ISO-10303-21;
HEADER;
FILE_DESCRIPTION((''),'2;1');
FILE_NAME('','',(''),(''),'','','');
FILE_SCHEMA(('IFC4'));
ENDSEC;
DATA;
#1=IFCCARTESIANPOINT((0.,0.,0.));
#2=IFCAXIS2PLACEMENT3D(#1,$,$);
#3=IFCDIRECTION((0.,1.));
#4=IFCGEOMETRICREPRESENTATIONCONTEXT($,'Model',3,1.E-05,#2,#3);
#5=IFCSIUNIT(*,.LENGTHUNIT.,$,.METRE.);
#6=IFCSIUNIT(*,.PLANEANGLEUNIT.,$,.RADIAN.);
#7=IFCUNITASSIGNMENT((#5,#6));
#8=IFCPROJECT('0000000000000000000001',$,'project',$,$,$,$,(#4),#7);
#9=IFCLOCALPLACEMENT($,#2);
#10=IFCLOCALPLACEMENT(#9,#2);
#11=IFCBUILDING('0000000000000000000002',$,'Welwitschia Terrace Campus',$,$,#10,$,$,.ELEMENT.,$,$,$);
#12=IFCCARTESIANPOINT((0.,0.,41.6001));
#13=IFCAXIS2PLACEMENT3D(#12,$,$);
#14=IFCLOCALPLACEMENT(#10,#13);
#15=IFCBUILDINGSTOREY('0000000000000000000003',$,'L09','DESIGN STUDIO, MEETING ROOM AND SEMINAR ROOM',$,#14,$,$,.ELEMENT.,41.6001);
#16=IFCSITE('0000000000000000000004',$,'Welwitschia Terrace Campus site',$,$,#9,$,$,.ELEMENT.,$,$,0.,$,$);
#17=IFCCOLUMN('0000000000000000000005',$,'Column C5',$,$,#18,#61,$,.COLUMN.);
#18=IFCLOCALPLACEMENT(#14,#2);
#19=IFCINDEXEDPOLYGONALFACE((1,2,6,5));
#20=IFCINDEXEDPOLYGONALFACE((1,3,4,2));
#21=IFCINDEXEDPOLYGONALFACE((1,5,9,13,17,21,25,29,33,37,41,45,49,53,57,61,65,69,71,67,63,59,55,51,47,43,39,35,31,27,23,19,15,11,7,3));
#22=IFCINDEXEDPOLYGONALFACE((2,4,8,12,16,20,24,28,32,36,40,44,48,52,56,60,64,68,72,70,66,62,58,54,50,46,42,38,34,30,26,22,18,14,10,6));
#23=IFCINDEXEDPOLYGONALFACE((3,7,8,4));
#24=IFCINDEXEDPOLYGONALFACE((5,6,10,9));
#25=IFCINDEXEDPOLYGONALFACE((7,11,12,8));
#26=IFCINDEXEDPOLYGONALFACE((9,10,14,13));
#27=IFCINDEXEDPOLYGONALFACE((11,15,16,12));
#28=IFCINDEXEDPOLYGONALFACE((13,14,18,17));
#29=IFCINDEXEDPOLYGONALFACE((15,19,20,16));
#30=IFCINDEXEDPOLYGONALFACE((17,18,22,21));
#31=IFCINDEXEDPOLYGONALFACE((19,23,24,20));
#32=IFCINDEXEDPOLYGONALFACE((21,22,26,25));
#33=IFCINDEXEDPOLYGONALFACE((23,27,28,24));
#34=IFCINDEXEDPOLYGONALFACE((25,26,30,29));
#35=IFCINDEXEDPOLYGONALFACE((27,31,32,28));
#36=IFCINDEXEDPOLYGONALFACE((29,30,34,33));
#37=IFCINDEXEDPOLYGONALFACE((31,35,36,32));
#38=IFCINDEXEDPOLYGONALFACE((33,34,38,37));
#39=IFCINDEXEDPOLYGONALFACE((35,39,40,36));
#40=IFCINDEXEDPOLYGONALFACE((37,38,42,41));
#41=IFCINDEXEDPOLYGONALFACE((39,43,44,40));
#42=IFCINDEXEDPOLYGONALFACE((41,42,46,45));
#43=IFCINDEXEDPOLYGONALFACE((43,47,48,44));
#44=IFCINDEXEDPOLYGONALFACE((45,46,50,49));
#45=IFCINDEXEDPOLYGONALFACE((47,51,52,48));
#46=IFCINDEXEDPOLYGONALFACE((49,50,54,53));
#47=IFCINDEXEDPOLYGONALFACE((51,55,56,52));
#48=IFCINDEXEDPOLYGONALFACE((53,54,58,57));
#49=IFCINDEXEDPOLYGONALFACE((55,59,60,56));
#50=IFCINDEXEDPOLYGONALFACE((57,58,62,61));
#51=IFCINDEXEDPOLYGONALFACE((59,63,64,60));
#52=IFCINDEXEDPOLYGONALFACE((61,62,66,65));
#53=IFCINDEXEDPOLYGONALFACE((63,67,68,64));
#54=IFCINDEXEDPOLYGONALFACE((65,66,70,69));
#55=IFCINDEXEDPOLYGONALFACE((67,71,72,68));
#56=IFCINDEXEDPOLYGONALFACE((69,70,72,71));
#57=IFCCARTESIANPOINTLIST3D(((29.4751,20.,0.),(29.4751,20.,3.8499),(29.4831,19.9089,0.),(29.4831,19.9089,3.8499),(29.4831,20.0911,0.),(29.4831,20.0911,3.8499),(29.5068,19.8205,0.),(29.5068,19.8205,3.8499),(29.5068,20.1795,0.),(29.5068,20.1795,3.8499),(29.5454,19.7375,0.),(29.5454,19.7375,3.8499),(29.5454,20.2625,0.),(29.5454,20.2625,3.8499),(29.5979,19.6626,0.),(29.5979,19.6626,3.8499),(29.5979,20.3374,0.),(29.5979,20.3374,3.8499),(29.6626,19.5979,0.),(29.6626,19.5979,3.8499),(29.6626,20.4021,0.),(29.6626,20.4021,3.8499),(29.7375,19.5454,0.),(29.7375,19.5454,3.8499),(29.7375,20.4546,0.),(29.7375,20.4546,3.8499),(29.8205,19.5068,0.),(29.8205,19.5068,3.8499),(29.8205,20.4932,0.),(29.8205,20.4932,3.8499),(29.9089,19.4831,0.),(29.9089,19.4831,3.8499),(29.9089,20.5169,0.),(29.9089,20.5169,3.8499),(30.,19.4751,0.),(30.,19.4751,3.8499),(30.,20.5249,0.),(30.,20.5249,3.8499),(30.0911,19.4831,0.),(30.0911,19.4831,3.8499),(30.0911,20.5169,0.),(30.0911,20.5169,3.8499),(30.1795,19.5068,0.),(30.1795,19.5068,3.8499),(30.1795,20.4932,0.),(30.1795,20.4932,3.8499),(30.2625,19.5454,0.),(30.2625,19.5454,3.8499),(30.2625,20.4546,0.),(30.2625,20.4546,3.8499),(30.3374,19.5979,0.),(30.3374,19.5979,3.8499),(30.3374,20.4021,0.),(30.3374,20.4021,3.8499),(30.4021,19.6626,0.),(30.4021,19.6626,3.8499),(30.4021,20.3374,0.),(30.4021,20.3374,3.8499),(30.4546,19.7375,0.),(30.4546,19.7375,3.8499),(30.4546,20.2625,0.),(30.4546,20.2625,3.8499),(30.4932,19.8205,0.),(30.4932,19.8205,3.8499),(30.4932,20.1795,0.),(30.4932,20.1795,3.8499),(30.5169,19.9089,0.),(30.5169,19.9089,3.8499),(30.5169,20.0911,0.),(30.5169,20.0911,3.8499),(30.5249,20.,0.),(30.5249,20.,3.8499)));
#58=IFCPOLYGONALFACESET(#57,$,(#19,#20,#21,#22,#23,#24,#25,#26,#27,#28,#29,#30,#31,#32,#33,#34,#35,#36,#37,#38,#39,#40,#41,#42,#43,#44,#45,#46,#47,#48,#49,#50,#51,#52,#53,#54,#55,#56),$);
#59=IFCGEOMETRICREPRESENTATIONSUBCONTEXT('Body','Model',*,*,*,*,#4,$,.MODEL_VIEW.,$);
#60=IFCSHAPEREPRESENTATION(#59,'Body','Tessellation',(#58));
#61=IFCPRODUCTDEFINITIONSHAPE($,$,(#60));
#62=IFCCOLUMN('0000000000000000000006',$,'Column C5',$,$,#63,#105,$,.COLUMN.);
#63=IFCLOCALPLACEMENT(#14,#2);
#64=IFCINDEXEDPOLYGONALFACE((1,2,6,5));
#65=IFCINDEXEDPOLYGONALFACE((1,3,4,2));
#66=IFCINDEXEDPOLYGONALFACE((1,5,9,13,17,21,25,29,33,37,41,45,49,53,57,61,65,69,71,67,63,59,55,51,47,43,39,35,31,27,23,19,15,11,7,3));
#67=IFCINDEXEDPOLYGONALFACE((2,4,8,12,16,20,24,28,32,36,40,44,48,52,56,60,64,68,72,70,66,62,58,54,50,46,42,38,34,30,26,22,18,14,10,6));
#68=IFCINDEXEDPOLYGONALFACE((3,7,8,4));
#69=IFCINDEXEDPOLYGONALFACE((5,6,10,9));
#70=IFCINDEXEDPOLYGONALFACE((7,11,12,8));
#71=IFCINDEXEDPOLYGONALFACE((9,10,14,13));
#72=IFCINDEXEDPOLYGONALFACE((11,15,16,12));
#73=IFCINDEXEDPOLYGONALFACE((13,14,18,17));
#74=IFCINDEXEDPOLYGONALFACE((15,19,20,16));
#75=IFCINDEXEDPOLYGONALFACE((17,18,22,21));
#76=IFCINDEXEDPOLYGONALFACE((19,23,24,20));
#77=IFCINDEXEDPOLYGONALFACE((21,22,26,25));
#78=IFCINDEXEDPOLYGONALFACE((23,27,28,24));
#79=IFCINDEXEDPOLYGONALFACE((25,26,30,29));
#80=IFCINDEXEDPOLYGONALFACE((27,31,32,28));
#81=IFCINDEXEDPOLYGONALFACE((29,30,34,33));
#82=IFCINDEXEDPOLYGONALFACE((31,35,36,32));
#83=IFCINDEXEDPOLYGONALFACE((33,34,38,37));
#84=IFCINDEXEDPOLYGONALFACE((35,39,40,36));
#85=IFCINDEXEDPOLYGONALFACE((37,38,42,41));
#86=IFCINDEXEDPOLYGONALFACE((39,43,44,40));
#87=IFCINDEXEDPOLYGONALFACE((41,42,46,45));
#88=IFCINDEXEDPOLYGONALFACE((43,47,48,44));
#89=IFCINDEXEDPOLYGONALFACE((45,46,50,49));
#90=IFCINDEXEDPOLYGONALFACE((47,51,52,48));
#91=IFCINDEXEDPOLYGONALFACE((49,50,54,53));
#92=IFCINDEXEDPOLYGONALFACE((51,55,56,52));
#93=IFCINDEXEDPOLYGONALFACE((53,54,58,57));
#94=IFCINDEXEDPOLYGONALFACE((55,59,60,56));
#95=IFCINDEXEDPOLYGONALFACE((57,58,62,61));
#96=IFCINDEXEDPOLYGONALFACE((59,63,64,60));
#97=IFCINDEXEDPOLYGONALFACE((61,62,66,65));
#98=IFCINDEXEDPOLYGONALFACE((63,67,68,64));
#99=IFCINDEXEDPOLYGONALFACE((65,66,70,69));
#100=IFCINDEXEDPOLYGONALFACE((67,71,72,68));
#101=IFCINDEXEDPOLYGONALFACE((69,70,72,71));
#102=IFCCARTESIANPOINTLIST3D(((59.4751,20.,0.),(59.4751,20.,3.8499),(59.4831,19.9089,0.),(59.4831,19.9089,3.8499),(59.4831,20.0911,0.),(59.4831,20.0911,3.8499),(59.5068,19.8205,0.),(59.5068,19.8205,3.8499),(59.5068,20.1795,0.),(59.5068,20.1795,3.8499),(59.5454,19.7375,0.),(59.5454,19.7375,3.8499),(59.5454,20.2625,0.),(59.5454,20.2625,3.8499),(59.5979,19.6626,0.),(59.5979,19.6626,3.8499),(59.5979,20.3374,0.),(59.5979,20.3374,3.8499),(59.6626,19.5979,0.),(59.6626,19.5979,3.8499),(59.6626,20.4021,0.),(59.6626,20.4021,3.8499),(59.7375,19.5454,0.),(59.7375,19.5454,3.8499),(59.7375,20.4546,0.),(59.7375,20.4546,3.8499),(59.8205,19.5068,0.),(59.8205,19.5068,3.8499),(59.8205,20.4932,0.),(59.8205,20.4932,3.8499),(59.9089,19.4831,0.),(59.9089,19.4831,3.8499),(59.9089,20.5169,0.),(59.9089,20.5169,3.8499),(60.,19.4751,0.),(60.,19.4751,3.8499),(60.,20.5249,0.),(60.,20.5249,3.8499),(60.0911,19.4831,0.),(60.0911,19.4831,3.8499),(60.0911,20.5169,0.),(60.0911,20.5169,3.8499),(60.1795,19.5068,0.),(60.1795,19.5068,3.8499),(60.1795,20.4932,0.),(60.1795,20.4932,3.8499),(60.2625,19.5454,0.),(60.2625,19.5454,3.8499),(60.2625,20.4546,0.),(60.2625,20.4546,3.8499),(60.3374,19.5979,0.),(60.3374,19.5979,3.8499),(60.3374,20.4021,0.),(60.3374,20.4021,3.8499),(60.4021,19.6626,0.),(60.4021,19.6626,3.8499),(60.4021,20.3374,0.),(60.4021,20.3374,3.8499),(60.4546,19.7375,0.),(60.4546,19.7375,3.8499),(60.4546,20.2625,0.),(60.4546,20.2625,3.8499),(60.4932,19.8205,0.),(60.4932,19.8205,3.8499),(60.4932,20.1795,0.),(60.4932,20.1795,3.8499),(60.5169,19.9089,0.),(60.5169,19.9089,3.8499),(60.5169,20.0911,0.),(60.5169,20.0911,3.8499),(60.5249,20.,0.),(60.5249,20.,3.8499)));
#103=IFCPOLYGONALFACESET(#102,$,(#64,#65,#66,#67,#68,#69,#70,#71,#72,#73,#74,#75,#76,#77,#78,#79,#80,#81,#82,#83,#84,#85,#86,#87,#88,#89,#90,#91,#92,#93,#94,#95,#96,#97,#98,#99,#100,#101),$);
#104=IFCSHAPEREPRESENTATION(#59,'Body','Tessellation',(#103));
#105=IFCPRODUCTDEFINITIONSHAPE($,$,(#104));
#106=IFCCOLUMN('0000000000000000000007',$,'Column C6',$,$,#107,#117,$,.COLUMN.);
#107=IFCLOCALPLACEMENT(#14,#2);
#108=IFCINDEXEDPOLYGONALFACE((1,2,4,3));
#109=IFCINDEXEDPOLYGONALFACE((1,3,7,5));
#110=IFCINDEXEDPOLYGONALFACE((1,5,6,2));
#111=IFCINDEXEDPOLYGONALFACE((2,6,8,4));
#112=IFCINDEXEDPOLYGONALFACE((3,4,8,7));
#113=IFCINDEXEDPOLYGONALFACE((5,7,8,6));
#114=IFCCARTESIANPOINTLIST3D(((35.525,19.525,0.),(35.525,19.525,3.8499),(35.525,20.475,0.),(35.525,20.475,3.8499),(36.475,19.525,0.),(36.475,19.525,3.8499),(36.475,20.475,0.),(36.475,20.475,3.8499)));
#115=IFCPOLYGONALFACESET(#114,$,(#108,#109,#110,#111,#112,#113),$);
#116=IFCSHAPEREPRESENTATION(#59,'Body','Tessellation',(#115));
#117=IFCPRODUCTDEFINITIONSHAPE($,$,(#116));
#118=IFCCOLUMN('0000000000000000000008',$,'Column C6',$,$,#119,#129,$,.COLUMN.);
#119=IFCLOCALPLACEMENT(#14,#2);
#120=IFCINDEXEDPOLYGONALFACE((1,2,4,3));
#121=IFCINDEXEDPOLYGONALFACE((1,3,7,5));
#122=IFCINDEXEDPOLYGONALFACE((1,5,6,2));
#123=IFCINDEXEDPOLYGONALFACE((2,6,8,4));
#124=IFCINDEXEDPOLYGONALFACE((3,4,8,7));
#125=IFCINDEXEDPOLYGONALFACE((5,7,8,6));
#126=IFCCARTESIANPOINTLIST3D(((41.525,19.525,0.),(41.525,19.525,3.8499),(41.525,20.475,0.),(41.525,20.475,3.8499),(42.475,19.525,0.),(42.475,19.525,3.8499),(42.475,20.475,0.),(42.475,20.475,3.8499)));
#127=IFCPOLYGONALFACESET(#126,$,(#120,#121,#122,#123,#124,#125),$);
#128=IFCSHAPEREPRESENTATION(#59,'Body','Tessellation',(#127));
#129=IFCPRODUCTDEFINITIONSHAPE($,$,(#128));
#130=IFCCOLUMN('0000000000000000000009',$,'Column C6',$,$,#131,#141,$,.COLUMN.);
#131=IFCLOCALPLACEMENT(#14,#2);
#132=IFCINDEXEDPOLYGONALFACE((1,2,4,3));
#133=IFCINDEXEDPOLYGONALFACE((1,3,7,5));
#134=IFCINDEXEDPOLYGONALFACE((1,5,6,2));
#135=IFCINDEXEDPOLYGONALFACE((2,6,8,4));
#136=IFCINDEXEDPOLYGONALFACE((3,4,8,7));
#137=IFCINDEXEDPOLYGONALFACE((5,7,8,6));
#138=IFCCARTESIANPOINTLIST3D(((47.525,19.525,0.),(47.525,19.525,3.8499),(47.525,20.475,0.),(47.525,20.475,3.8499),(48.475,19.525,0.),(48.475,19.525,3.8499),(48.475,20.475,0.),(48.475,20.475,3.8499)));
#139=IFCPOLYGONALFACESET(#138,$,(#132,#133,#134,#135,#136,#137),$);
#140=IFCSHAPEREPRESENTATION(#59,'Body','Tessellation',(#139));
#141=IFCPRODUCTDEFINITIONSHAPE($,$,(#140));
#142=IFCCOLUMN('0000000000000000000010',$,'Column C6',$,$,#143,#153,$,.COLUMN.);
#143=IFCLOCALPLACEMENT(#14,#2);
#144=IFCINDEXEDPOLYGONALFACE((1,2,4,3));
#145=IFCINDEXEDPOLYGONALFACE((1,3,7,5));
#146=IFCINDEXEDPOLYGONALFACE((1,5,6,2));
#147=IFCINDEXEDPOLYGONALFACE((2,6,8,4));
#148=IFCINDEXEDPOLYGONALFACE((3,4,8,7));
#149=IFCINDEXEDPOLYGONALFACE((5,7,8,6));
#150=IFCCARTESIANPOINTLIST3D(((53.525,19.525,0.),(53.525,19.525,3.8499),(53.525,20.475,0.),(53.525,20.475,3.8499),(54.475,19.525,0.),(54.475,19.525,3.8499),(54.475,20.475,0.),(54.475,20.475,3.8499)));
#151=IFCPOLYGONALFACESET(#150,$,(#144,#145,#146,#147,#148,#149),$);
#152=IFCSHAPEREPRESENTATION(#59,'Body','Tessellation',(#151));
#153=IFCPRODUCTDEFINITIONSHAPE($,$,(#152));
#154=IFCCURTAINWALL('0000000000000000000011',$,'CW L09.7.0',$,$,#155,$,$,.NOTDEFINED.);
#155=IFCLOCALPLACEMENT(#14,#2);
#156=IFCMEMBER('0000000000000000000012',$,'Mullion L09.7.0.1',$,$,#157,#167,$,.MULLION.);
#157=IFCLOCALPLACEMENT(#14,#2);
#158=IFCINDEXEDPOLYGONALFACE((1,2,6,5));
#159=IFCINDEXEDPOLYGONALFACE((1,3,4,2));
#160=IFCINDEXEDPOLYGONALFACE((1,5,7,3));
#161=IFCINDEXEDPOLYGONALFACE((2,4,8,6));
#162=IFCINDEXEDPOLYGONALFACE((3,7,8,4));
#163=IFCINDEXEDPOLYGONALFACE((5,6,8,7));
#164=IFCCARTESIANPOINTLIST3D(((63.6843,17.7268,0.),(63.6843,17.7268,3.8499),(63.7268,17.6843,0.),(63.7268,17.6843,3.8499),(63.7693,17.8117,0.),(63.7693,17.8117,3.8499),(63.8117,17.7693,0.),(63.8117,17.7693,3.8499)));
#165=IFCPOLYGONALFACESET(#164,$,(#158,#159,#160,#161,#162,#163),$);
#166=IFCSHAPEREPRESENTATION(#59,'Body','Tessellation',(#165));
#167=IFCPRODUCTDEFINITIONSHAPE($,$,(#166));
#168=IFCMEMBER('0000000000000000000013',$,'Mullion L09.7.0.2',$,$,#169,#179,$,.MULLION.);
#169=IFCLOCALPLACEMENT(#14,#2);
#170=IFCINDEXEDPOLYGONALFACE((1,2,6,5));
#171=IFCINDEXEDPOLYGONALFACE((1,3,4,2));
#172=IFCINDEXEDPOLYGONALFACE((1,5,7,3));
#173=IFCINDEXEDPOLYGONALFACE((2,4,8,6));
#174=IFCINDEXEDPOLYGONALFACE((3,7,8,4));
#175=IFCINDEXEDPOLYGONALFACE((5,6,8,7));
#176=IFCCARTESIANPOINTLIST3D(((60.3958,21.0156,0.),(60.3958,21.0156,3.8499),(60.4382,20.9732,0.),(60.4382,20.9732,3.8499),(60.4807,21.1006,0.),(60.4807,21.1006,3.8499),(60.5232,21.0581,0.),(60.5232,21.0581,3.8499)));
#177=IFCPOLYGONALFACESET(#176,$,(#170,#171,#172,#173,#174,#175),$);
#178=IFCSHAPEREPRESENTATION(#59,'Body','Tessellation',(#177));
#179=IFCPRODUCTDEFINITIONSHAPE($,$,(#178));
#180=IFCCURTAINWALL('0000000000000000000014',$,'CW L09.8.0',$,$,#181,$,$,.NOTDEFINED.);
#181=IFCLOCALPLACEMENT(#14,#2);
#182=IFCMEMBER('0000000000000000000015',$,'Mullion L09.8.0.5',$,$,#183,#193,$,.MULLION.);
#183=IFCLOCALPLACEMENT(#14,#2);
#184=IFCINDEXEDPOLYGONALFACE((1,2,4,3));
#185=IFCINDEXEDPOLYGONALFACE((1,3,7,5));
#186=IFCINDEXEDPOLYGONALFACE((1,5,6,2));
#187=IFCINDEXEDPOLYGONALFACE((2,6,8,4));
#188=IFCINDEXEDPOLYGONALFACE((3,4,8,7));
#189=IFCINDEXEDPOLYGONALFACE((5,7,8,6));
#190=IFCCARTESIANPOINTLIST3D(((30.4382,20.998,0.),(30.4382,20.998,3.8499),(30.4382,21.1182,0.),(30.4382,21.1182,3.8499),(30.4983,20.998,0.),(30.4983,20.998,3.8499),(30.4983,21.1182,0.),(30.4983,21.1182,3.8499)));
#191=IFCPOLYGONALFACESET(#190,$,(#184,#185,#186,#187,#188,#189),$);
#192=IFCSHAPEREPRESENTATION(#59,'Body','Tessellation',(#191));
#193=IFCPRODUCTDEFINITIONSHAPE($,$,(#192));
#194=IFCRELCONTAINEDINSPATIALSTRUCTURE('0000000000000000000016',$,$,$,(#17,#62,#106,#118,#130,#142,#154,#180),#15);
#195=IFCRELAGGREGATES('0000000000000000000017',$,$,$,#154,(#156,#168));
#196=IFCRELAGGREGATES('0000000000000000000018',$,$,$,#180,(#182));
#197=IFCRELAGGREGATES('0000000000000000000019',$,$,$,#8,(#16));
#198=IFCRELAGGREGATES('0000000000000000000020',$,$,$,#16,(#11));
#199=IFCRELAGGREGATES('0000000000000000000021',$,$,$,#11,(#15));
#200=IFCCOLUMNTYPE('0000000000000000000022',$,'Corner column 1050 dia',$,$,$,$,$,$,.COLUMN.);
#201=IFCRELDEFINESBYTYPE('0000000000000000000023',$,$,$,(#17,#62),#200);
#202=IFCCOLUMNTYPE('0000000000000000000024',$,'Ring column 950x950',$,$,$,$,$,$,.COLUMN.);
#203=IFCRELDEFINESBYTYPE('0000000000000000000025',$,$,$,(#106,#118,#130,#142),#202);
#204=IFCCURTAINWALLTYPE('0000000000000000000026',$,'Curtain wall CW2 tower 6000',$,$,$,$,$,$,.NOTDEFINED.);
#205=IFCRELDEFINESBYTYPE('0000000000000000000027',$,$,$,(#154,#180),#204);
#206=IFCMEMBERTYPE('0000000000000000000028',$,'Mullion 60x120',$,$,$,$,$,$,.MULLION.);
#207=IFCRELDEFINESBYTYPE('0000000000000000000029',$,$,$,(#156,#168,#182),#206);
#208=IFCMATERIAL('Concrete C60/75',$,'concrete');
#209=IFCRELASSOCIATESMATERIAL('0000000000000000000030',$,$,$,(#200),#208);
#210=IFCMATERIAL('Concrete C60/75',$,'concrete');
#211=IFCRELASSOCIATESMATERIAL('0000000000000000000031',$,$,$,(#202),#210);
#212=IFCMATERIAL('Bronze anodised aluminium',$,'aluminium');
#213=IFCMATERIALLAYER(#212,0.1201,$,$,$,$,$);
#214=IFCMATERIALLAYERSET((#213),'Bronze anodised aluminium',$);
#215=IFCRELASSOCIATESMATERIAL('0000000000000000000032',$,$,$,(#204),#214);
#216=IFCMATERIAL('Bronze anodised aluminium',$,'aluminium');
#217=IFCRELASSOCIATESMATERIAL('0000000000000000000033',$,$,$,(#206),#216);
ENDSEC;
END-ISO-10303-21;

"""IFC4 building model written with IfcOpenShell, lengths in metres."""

from ifc_helpers import new_model, si_unit, direction, frame, origin, origin_2d, place, context, subcontext, project, spatial, rectangle, circle, extrude, material, layer, layer_set, material_profile, profile_set, type_object, element, aggregate, save


model = new_model("IFC4")

# Units and contexts
model_context = context("Model", 3, precision=1e-05, world=origin(), true_north=direction((0.0, 1.0)))
body_context = subcontext(model_context, "Body", "Model", "MODEL_VIEW")
ifc_project = project(units=[si_unit("LENGTHUNIT", "METRE"), si_unit("PLANEANGLEUNIT", "RADIAN")], contexts=[model_context])

# Site, building, storey
site_placement = place(None, origin())
site = spatial("IfcSite", under=ifc_project, at=site_placement, Name="Welwitschia Terrace Campus site", CompositionType="ELEMENT", RefElevation=0.0)
building_placement = place(site_placement, origin())
building = spatial("IfcBuilding", under=site, at=building_placement, Name="Welwitschia Terrace Campus", CompositionType="ELEMENT")
storey_placement = place(building_placement, frame((0.0, 0.0, 41.6001)))
storey = spatial("IfcBuildingStorey", under=building, at=storey_placement, Name="L09", Description="DESIGN STUDIO, MEETING ROOM AND SEMINAR ROOM", CompositionType="ELEMENT", Elevation=41.6001)

# Columns
ifc_material_1 = material(Name="Concrete C60/75", Category="concrete")
ifc_material_profile_1 = material_profile(ifc_material_1, circle(Radius=0.5249, at=origin_2d()))
ifc_profile_set_1 = profile_set([ifc_material_profile_1], Name="Concrete C60/75")
column_type_1 = type_object("IfcColumnType", Name="Corner column 1050 dia", PredefinedType="COLUMN", material=ifc_profile_set_1)
for number, where, z_axis, x_axis, name in (
    (1, (30.0, 20.0, 0.0), (0.0, 0.0, 1.0), (1.0, 0.0, 0.0), "Column C5"),
    (2, (60.0, 20.0, 0.0), (0.0, 0.0, 1.0), (1.0, 0.0, 0.0), "Column C5"),
):
    element("IfcColumn", number, at=place(storey_placement, frame(where, z_axis=z_axis, x_axis=x_axis)), inside=storey, type_object=column_type_1, Name=name, PredefinedType="COLUMN", context=body_context, shape_type="SweptSolid", body=[
        extrude(circle(Radius=0.5249, at=origin_2d()), origin(), (0.0, 0.0, 1.0), 3.8499),
    ])
ifc_material_2 = material(Name="Concrete C60/75", Category="concrete")
ifc_material_profile_2 = material_profile(ifc_material_2, rectangle(XDim=0.95, YDim=0.95, at=origin_2d()))
ifc_profile_set_2 = profile_set([ifc_material_profile_2], Name="Concrete C60/75")
column_type_2 = type_object("IfcColumnType", Name="Ring column 950x950", PredefinedType="COLUMN", material=ifc_profile_set_2)
for number, where, z_axis, x_axis, name in (
    (3, (36.0, 20.0, 0.0), (0.0, 0.0, 1.0), (1.0, 0.0, 0.0), "Column C6"),
    (4, (42.0, 20.0, 0.0), (0.0, 0.0, 1.0), (1.0, 0.0, 0.0), "Column C6"),
    (5, (48.0, 20.0, 0.0), (0.0, 0.0, 1.0), (1.0, 0.0, 0.0), "Column C6"),
    (6, (54.0, 20.0, 0.0), (0.0, 0.0, 1.0), (1.0, 0.0, 0.0), "Column C6"),
):
    element("IfcColumn", number, at=place(storey_placement, frame(where, z_axis=z_axis, x_axis=x_axis)), inside=storey, type_object=column_type_2, Name=name, PredefinedType="COLUMN", context=body_context, shape_type="SweptSolid", body=[
        extrude(rectangle(XDim=0.95, YDim=0.95, at=origin_2d()), origin(), (0.0, 0.0, 1.0), 3.8499),
    ])

# Curtain wall, members
ifc_material_3 = material(Name="Bronze anodised aluminium", Category="aluminium")
ifc_layer_1 = layer(ifc_material_3, 0.1201)
ifc_layer_set_1 = layer_set([ifc_layer_1], Name="Bronze anodised aluminium")
curtain_wall_type = type_object("IfcCurtainWallType", Name="Curtain wall CW2 tower 6000", PredefinedType="NOTDEFINED", material=ifc_layer_set_1)
curtain_wall_1_placement = place(storey_placement, origin())
curtain_wall_1 = element("IfcCurtainWall", 7, at=curtain_wall_1_placement, inside=storey, type_object=curtain_wall_type, Name="CW L09.7.0", PredefinedType="NOTDEFINED")
ifc_material_4 = material(Name="Bronze anodised aluminium", Category="aluminium")
ifc_material_profile_3 = material_profile(ifc_material_4, rectangle(XDim=0.1201, YDim=0.0601, at=origin_2d()))
ifc_profile_set_3 = profile_set([ifc_material_profile_3], Name="Bronze anodised aluminium")
member_type_1 = type_object("IfcMemberType", Name="Mullion 60x120", PredefinedType="MULLION", material=ifc_profile_set_3)
member_1_placement = place(storey_placement, frame((63.748, 17.748, 0.0), z_axis=(0.0, 0.0, 1.0), x_axis=(-0.707107, -0.707107, 0.0)))
member_1 = element("IfcMember", 8, at=member_1_placement, type_object=member_type_1, Name="Mullion L09.7.0.1", PredefinedType="MULLION", context=body_context, shape_type="SweptSolid", body=[
    extrude(rectangle(XDim=0.1201, YDim=0.0601, at=origin_2d()), origin(), (0.0, 0.0, 1.0), 3.8499),
])
member_2_placement = place(storey_placement, frame((60.4595, 21.0369, 0.0), z_axis=(0.0, 0.0, 1.0), x_axis=(-0.707107, -0.707107, 0.0)))
member_2 = element("IfcMember", 9, at=member_2_placement, type_object=member_type_1, Name="Mullion L09.7.0.2", PredefinedType="MULLION", context=body_context, shape_type="SweptSolid", body=[
    extrude(rectangle(XDim=0.1201, YDim=0.0601, at=origin_2d()), origin(), (0.0, 0.0, 1.0), 3.8499),
])

# Curtain wall, member
curtain_wall_2_placement = place(storey_placement, origin())
curtain_wall_2 = element("IfcCurtainWall", 10, at=curtain_wall_2_placement, inside=storey, type_object=curtain_wall_type, Name="CW L09.8.0", PredefinedType="NOTDEFINED")
member_3_placement = place(storey_placement, frame((30.4683, 21.0581, 0.0), z_axis=(0.0, 0.0, 1.0), x_axis=(0.0, -1.0, 0.0)))
member_3 = element("IfcMember", 11, at=member_3_placement, type_object=member_type_1, Name="Mullion L09.8.0.5", PredefinedType="MULLION", context=body_context, shape_type="SweptSolid", body=[
    extrude(rectangle(XDim=0.1201, YDim=0.0601, at=origin_2d()), origin(), (0.0, 0.0, 1.0), 3.8499),
])

aggregate(curtain_wall_1, [member_1, member_2])
aggregate(curtain_wall_2, [member_3])

save(model, "model.ifc")
